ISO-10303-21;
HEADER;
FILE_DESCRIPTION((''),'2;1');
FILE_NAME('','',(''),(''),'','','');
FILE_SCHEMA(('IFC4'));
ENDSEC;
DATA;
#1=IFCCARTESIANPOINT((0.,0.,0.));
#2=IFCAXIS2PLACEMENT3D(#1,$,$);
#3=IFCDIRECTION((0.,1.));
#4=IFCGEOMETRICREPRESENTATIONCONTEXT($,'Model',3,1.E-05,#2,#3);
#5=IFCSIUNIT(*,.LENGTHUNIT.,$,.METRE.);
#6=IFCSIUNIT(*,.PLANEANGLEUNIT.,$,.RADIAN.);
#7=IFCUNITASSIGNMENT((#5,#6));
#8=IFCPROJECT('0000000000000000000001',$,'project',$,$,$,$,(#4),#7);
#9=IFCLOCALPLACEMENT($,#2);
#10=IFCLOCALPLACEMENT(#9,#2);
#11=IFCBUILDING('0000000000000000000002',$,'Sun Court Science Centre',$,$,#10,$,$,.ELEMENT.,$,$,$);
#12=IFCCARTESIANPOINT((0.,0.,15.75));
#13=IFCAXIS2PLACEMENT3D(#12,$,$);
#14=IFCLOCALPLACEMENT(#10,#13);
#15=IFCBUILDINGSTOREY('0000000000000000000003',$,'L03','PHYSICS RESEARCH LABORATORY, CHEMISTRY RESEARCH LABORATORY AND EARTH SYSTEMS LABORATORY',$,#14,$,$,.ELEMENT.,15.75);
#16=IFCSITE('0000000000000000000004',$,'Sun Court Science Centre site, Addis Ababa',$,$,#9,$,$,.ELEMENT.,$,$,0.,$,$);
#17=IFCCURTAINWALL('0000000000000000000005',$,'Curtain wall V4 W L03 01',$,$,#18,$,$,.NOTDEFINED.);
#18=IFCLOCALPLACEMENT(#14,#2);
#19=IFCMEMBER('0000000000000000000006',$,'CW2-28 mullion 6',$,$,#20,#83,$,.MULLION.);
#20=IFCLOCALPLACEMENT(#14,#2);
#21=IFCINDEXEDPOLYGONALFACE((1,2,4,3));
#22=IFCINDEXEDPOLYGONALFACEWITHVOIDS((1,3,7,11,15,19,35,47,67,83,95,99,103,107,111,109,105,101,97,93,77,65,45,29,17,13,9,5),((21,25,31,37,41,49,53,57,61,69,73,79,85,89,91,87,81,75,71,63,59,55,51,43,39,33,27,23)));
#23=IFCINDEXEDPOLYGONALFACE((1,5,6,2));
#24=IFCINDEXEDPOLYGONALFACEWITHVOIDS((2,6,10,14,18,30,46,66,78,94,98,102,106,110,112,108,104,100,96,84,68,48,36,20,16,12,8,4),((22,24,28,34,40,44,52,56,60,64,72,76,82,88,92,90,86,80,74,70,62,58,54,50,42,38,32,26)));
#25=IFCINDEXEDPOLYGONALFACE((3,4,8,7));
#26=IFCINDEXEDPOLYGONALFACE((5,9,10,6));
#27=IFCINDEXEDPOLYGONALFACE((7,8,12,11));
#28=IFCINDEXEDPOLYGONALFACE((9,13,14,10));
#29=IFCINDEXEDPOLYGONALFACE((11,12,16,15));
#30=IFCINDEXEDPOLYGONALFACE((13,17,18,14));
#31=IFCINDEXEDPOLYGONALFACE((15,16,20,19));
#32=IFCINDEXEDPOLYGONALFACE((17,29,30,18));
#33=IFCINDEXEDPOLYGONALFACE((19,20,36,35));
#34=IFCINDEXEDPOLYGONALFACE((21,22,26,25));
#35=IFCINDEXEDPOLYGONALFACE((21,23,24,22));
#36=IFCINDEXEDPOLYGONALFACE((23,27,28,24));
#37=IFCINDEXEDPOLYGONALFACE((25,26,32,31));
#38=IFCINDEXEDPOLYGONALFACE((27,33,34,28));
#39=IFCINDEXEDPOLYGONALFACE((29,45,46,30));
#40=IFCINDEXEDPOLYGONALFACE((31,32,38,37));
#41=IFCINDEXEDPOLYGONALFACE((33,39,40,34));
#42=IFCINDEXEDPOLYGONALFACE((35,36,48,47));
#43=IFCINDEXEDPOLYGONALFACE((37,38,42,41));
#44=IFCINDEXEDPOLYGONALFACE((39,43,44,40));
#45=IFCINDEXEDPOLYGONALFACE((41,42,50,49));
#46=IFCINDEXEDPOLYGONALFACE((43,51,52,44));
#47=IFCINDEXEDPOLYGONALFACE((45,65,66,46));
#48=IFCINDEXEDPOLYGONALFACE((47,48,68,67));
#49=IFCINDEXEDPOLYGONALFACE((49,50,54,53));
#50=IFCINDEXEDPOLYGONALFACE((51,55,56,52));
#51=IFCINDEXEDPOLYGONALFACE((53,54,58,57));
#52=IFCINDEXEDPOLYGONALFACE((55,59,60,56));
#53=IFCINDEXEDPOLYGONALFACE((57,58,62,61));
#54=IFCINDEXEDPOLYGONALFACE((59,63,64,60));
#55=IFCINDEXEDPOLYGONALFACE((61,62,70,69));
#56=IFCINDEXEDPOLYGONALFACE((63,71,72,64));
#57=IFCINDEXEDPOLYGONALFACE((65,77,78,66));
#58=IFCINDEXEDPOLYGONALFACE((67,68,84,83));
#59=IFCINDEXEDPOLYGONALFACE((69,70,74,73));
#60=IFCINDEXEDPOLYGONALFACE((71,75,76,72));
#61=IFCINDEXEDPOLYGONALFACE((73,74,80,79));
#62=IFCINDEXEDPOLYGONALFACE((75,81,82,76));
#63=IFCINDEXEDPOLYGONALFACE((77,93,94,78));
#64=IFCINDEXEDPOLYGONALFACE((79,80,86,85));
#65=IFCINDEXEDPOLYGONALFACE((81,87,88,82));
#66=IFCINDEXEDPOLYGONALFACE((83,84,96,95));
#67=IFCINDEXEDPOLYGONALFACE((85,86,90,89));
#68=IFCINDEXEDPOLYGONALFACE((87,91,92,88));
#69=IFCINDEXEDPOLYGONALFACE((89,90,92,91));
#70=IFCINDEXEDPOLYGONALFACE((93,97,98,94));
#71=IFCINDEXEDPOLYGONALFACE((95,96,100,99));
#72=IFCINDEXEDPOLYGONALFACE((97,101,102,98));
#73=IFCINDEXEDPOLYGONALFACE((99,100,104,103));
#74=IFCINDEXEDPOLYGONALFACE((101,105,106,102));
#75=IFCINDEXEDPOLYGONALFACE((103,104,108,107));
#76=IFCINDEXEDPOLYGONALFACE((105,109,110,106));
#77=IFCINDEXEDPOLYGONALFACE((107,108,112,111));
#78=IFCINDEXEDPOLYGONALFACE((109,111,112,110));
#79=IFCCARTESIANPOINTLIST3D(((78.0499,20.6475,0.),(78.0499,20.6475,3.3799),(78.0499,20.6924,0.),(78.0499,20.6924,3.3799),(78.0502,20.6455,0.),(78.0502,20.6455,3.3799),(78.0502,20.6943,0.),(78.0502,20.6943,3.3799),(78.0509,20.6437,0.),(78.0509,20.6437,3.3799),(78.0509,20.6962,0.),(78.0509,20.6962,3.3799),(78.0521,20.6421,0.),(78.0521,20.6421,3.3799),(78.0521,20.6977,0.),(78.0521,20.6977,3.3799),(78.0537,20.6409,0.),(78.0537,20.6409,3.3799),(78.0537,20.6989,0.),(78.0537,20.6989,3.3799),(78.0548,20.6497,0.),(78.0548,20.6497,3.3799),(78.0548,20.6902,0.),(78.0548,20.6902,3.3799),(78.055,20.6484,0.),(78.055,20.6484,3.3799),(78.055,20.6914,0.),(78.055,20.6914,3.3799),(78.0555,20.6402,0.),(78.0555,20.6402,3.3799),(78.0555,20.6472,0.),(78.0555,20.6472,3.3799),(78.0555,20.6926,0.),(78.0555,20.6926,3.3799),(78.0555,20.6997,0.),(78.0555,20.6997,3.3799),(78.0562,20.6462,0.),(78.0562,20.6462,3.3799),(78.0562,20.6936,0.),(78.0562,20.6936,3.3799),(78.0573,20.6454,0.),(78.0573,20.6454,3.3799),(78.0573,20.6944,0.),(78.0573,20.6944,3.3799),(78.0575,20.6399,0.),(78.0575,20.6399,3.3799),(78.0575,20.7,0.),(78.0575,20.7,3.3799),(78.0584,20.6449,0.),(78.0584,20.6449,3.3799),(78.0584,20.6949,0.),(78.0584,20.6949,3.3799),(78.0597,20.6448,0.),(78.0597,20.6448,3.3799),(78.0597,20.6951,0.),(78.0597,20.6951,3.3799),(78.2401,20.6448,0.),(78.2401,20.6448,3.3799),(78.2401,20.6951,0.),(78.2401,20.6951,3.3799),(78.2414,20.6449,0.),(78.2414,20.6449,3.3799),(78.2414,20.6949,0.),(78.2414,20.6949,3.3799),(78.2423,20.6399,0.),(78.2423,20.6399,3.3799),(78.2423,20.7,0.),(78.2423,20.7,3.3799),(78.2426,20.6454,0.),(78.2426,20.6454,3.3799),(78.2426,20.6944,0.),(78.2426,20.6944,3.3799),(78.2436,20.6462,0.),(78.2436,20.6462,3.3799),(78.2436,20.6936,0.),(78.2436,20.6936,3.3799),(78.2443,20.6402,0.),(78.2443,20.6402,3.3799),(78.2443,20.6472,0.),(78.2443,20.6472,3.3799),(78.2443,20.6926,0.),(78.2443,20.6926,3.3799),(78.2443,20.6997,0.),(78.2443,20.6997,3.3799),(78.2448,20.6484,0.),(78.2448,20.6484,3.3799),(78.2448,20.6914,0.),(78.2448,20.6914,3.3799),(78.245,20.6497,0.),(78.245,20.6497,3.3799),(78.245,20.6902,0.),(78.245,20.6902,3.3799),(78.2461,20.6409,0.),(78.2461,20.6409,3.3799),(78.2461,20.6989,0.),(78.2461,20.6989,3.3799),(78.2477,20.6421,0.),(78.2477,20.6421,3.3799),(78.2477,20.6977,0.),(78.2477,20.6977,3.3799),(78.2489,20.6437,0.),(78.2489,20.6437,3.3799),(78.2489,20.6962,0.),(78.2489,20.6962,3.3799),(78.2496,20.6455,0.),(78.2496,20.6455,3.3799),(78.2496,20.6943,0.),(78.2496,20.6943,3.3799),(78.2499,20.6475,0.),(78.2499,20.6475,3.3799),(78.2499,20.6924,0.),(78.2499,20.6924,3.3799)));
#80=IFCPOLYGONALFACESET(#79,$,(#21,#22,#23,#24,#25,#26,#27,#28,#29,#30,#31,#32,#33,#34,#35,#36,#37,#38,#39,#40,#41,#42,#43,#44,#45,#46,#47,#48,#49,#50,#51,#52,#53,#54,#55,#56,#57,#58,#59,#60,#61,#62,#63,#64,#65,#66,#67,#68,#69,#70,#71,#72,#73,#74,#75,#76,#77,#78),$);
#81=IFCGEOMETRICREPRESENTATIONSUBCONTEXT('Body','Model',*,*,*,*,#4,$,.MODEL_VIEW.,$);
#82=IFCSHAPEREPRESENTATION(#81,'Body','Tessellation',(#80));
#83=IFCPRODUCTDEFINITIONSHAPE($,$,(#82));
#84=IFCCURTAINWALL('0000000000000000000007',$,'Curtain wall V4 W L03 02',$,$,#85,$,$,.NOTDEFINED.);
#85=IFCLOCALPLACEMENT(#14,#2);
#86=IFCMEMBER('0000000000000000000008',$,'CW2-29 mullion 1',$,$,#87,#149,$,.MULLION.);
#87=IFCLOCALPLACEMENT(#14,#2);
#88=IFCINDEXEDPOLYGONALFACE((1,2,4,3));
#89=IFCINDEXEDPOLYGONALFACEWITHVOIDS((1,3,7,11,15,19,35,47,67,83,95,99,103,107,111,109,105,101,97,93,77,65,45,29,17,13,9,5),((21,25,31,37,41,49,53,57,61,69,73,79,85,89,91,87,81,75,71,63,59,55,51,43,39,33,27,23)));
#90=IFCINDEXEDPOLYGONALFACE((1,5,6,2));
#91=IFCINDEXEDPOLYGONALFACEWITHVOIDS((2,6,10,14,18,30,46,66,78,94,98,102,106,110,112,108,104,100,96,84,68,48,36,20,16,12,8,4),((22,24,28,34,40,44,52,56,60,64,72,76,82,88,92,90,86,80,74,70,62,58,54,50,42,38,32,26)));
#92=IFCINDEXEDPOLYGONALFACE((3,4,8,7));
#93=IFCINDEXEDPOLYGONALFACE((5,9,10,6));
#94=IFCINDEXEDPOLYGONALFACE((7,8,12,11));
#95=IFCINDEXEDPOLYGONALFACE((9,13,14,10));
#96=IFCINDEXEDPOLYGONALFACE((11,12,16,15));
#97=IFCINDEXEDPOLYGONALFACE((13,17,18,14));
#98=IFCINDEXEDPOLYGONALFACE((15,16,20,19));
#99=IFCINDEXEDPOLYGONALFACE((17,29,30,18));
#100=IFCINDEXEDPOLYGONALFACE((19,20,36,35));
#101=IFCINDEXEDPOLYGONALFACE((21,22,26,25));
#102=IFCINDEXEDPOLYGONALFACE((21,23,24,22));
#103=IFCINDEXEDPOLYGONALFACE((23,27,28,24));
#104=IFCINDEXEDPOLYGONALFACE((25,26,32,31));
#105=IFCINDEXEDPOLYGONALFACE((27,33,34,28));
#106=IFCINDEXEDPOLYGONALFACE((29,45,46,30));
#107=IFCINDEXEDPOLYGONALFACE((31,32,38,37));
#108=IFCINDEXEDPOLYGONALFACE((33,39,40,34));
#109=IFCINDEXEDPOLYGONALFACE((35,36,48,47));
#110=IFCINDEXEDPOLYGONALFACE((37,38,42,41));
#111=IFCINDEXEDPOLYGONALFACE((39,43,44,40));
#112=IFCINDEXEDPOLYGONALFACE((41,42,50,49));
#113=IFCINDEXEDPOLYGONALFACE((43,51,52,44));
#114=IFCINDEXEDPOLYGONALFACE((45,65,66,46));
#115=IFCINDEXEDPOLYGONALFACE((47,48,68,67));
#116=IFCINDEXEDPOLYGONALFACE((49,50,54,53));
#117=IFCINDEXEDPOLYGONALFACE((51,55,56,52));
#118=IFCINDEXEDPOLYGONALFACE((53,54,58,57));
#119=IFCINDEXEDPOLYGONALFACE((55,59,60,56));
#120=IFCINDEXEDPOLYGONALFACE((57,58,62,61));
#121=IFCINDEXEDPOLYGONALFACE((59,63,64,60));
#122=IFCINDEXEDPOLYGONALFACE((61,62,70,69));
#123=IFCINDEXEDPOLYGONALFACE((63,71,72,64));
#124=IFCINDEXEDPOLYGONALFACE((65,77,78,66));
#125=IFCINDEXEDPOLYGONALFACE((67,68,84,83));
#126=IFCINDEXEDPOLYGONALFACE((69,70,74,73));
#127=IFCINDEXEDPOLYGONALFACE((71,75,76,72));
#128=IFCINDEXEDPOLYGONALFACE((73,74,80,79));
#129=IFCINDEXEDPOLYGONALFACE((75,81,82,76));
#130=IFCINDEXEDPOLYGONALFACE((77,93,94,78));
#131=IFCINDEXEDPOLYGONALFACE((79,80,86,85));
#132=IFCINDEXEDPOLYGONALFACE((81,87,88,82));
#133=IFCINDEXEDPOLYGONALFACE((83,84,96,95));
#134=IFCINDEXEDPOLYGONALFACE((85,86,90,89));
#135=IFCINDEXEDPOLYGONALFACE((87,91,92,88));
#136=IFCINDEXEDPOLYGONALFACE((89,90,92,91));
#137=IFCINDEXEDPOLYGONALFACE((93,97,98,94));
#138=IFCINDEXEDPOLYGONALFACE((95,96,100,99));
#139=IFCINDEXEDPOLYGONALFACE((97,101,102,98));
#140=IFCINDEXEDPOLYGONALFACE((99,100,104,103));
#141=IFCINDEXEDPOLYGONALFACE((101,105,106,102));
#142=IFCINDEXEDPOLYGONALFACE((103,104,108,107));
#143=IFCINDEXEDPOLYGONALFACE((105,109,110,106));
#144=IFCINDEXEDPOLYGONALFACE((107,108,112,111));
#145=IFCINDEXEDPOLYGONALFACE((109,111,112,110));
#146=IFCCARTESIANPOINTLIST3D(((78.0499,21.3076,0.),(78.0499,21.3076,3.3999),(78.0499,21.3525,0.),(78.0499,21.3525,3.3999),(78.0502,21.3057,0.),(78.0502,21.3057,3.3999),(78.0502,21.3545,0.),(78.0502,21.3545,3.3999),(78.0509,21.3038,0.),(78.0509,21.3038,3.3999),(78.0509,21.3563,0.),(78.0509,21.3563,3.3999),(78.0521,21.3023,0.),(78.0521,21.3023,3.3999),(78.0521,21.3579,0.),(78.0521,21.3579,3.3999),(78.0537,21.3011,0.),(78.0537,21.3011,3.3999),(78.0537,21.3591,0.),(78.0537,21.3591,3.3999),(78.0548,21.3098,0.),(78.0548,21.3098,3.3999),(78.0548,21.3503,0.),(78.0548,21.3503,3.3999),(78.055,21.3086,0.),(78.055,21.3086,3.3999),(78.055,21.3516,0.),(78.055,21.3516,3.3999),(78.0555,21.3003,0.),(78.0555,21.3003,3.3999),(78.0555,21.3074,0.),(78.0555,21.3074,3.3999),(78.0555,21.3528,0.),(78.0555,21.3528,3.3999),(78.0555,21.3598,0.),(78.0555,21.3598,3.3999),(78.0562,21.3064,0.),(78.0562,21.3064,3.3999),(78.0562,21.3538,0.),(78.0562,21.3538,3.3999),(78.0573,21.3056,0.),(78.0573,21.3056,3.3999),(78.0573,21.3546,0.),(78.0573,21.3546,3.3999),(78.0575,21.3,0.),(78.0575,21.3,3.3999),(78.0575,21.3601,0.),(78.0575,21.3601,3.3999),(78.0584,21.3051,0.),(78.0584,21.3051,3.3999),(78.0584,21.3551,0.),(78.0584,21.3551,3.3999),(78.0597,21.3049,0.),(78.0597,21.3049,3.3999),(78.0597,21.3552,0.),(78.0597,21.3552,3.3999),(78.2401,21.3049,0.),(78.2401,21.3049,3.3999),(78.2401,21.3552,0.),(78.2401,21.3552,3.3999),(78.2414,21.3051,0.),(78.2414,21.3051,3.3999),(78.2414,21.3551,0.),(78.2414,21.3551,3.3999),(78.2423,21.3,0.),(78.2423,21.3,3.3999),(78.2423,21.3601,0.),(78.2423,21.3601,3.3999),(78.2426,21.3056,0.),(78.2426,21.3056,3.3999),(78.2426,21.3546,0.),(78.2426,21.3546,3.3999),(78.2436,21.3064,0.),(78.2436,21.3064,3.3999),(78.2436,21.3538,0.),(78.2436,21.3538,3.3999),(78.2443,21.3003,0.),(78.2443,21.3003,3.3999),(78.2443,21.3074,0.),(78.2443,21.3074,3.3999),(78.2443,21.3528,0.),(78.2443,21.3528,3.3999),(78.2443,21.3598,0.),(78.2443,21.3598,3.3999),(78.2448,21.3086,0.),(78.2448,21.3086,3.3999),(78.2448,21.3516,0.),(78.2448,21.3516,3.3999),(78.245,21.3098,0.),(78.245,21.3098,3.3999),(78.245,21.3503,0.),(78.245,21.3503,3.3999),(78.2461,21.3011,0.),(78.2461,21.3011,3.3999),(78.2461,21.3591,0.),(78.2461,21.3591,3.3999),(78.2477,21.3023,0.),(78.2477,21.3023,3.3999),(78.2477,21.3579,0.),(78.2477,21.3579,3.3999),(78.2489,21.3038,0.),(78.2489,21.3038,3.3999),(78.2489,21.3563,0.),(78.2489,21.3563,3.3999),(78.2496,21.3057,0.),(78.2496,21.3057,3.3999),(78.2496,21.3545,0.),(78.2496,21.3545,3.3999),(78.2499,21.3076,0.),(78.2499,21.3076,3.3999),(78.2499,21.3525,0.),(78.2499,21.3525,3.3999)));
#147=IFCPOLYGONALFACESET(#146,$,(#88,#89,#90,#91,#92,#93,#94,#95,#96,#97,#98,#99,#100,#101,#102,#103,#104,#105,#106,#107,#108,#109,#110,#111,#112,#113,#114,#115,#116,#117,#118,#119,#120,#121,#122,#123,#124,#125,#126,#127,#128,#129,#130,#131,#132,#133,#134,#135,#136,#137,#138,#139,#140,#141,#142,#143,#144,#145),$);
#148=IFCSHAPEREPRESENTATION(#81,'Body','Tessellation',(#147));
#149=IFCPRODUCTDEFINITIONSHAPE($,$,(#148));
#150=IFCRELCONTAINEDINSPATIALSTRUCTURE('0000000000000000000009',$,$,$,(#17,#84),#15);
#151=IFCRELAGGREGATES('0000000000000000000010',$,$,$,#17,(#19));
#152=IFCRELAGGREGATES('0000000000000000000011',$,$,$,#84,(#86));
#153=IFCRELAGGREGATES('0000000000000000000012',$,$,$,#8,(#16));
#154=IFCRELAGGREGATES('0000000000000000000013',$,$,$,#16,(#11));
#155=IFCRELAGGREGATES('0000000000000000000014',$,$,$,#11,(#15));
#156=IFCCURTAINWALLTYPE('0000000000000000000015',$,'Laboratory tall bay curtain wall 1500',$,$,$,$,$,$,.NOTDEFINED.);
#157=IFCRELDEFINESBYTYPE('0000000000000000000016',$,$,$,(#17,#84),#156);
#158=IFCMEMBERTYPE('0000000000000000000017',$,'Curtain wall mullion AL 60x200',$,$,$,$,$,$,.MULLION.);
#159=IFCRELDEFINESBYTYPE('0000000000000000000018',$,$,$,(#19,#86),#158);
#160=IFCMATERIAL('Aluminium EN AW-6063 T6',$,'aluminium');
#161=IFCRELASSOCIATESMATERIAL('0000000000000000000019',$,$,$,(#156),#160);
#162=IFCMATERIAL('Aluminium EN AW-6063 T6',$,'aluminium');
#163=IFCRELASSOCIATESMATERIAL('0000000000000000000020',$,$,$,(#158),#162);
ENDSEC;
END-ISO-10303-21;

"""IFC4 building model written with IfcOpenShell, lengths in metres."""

from ifc_helpers import new_model, si_unit, direction, frame, origin, origin_2d, place, context, subcontext, project, spatial, hollow_rectangle, extrude, material, material_profile, profile_set, type_object, element, aggregate, save


model = new_model("IFC4")

# Units and contexts
model_context = context("Model", 3, precision=1e-05, world=origin(), true_north=direction((0.0, 1.0)))
body_context = subcontext(model_context, "Body", "Model", "MODEL_VIEW")
ifc_project = project(units=[si_unit("LENGTHUNIT", "METRE"), si_unit("PLANEANGLEUNIT", "RADIAN")], contexts=[model_context])

# Site, building, storey
site_placement = place(None, origin())
site = spatial("IfcSite", under=ifc_project, at=site_placement, Name="Sun Court Science Centre site, Addis Ababa", CompositionType="ELEMENT", RefElevation=0.0)
building_placement = place(site_placement, origin())
building = spatial("IfcBuilding", under=site, at=building_placement, Name="Sun Court Science Centre", CompositionType="ELEMENT")
storey_placement = place(building_placement, frame((0.0, 0.0, 15.75)))
storey = spatial("IfcBuildingStorey", under=building, at=storey_placement, Name="L03", Description="PHYSICS RESEARCH LABORATORY, CHEMISTRY RESEARCH LABORATORY AND EARTH SYSTEMS LABORATORY", CompositionType="ELEMENT", Elevation=15.75)

# Curtain wall, member
ifc_material_1 = material(Name="Aluminium EN AW-6063 T6", Category="aluminium")
curtain_wall_type = type_object("IfcCurtainWallType", Name="Laboratory tall bay curtain wall 1500", PredefinedType="NOTDEFINED", material=ifc_material_1)
curtain_wall_1_placement = place(storey_placement, origin())
curtain_wall_1 = element("IfcCurtainWall", 1, at=curtain_wall_1_placement, inside=storey, type_object=curtain_wall_type, Name="Curtain wall V4 W L03 01", PredefinedType="NOTDEFINED")
ifc_material_2 = material(Name="Aluminium EN AW-6063 T6", Category="aluminium")
ifc_material_profile_1 = material_profile(ifc_material_2, hollow_rectangle(XDim=0.0601, YDim=0.2, WallThickness=0.0049, InnerFilletRadius=0.0049, OuterFilletRadius=0.0076, at=origin_2d()), Name="AL 60x200x5")
ifc_profile_set_1 = profile_set([ifc_material_profile_1], Name="Aluminium EN AW-6063 T6")
member_type_1 = type_object("IfcMemberType", Name="Curtain wall mullion AL 60x200", PredefinedType="MULLION", material=ifc_profile_set_1)
member_1_placement = place(storey_placement, frame((78.1499, 20.6699, 0.0), z_axis=(0.0, 0.0, 1.0), x_axis=(0.0, 1.0, 0.0)))
member_1 = element("IfcMember", 2, at=member_1_placement, type_object=member_type_1, Name="CW2-28 mullion 6", PredefinedType="MULLION", context=body_context, shape_type="SweptSolid", body=[
    extrude(hollow_rectangle(XDim=0.0601, YDim=0.2, WallThickness=0.0049, InnerFilletRadius=0.0049, OuterFilletRadius=0.0076, at=origin_2d()), origin(), (0.0, 0.0, 1.0), 3.3799),
])

# Curtain wall, member
curtain_wall_2_placement = place(storey_placement, origin())
curtain_wall_2 = element("IfcCurtainWall", 3, at=curtain_wall_2_placement, inside=storey, type_object=curtain_wall_type, Name="Curtain wall V4 W L03 02", PredefinedType="NOTDEFINED")
member_2_placement = place(storey_placement, frame((78.1499, 21.3301, 0.0), z_axis=(0.0, 0.0, 1.0), x_axis=(0.0, 1.0, 0.0)))
member_2 = element("IfcMember", 4, at=member_2_placement, type_object=member_type_1, Name="CW2-29 mullion 1", PredefinedType="MULLION", context=body_context, shape_type="SweptSolid", body=[
    extrude(hollow_rectangle(XDim=0.0601, YDim=0.2, WallThickness=0.0049, InnerFilletRadius=0.0049, OuterFilletRadius=0.0076, at=origin_2d()), origin(), (0.0, 0.0, 1.0), 3.3999),
])

aggregate(curtain_wall_1, [member_1])
aggregate(curtain_wall_2, [member_2])

save(model, "model.ifc")
